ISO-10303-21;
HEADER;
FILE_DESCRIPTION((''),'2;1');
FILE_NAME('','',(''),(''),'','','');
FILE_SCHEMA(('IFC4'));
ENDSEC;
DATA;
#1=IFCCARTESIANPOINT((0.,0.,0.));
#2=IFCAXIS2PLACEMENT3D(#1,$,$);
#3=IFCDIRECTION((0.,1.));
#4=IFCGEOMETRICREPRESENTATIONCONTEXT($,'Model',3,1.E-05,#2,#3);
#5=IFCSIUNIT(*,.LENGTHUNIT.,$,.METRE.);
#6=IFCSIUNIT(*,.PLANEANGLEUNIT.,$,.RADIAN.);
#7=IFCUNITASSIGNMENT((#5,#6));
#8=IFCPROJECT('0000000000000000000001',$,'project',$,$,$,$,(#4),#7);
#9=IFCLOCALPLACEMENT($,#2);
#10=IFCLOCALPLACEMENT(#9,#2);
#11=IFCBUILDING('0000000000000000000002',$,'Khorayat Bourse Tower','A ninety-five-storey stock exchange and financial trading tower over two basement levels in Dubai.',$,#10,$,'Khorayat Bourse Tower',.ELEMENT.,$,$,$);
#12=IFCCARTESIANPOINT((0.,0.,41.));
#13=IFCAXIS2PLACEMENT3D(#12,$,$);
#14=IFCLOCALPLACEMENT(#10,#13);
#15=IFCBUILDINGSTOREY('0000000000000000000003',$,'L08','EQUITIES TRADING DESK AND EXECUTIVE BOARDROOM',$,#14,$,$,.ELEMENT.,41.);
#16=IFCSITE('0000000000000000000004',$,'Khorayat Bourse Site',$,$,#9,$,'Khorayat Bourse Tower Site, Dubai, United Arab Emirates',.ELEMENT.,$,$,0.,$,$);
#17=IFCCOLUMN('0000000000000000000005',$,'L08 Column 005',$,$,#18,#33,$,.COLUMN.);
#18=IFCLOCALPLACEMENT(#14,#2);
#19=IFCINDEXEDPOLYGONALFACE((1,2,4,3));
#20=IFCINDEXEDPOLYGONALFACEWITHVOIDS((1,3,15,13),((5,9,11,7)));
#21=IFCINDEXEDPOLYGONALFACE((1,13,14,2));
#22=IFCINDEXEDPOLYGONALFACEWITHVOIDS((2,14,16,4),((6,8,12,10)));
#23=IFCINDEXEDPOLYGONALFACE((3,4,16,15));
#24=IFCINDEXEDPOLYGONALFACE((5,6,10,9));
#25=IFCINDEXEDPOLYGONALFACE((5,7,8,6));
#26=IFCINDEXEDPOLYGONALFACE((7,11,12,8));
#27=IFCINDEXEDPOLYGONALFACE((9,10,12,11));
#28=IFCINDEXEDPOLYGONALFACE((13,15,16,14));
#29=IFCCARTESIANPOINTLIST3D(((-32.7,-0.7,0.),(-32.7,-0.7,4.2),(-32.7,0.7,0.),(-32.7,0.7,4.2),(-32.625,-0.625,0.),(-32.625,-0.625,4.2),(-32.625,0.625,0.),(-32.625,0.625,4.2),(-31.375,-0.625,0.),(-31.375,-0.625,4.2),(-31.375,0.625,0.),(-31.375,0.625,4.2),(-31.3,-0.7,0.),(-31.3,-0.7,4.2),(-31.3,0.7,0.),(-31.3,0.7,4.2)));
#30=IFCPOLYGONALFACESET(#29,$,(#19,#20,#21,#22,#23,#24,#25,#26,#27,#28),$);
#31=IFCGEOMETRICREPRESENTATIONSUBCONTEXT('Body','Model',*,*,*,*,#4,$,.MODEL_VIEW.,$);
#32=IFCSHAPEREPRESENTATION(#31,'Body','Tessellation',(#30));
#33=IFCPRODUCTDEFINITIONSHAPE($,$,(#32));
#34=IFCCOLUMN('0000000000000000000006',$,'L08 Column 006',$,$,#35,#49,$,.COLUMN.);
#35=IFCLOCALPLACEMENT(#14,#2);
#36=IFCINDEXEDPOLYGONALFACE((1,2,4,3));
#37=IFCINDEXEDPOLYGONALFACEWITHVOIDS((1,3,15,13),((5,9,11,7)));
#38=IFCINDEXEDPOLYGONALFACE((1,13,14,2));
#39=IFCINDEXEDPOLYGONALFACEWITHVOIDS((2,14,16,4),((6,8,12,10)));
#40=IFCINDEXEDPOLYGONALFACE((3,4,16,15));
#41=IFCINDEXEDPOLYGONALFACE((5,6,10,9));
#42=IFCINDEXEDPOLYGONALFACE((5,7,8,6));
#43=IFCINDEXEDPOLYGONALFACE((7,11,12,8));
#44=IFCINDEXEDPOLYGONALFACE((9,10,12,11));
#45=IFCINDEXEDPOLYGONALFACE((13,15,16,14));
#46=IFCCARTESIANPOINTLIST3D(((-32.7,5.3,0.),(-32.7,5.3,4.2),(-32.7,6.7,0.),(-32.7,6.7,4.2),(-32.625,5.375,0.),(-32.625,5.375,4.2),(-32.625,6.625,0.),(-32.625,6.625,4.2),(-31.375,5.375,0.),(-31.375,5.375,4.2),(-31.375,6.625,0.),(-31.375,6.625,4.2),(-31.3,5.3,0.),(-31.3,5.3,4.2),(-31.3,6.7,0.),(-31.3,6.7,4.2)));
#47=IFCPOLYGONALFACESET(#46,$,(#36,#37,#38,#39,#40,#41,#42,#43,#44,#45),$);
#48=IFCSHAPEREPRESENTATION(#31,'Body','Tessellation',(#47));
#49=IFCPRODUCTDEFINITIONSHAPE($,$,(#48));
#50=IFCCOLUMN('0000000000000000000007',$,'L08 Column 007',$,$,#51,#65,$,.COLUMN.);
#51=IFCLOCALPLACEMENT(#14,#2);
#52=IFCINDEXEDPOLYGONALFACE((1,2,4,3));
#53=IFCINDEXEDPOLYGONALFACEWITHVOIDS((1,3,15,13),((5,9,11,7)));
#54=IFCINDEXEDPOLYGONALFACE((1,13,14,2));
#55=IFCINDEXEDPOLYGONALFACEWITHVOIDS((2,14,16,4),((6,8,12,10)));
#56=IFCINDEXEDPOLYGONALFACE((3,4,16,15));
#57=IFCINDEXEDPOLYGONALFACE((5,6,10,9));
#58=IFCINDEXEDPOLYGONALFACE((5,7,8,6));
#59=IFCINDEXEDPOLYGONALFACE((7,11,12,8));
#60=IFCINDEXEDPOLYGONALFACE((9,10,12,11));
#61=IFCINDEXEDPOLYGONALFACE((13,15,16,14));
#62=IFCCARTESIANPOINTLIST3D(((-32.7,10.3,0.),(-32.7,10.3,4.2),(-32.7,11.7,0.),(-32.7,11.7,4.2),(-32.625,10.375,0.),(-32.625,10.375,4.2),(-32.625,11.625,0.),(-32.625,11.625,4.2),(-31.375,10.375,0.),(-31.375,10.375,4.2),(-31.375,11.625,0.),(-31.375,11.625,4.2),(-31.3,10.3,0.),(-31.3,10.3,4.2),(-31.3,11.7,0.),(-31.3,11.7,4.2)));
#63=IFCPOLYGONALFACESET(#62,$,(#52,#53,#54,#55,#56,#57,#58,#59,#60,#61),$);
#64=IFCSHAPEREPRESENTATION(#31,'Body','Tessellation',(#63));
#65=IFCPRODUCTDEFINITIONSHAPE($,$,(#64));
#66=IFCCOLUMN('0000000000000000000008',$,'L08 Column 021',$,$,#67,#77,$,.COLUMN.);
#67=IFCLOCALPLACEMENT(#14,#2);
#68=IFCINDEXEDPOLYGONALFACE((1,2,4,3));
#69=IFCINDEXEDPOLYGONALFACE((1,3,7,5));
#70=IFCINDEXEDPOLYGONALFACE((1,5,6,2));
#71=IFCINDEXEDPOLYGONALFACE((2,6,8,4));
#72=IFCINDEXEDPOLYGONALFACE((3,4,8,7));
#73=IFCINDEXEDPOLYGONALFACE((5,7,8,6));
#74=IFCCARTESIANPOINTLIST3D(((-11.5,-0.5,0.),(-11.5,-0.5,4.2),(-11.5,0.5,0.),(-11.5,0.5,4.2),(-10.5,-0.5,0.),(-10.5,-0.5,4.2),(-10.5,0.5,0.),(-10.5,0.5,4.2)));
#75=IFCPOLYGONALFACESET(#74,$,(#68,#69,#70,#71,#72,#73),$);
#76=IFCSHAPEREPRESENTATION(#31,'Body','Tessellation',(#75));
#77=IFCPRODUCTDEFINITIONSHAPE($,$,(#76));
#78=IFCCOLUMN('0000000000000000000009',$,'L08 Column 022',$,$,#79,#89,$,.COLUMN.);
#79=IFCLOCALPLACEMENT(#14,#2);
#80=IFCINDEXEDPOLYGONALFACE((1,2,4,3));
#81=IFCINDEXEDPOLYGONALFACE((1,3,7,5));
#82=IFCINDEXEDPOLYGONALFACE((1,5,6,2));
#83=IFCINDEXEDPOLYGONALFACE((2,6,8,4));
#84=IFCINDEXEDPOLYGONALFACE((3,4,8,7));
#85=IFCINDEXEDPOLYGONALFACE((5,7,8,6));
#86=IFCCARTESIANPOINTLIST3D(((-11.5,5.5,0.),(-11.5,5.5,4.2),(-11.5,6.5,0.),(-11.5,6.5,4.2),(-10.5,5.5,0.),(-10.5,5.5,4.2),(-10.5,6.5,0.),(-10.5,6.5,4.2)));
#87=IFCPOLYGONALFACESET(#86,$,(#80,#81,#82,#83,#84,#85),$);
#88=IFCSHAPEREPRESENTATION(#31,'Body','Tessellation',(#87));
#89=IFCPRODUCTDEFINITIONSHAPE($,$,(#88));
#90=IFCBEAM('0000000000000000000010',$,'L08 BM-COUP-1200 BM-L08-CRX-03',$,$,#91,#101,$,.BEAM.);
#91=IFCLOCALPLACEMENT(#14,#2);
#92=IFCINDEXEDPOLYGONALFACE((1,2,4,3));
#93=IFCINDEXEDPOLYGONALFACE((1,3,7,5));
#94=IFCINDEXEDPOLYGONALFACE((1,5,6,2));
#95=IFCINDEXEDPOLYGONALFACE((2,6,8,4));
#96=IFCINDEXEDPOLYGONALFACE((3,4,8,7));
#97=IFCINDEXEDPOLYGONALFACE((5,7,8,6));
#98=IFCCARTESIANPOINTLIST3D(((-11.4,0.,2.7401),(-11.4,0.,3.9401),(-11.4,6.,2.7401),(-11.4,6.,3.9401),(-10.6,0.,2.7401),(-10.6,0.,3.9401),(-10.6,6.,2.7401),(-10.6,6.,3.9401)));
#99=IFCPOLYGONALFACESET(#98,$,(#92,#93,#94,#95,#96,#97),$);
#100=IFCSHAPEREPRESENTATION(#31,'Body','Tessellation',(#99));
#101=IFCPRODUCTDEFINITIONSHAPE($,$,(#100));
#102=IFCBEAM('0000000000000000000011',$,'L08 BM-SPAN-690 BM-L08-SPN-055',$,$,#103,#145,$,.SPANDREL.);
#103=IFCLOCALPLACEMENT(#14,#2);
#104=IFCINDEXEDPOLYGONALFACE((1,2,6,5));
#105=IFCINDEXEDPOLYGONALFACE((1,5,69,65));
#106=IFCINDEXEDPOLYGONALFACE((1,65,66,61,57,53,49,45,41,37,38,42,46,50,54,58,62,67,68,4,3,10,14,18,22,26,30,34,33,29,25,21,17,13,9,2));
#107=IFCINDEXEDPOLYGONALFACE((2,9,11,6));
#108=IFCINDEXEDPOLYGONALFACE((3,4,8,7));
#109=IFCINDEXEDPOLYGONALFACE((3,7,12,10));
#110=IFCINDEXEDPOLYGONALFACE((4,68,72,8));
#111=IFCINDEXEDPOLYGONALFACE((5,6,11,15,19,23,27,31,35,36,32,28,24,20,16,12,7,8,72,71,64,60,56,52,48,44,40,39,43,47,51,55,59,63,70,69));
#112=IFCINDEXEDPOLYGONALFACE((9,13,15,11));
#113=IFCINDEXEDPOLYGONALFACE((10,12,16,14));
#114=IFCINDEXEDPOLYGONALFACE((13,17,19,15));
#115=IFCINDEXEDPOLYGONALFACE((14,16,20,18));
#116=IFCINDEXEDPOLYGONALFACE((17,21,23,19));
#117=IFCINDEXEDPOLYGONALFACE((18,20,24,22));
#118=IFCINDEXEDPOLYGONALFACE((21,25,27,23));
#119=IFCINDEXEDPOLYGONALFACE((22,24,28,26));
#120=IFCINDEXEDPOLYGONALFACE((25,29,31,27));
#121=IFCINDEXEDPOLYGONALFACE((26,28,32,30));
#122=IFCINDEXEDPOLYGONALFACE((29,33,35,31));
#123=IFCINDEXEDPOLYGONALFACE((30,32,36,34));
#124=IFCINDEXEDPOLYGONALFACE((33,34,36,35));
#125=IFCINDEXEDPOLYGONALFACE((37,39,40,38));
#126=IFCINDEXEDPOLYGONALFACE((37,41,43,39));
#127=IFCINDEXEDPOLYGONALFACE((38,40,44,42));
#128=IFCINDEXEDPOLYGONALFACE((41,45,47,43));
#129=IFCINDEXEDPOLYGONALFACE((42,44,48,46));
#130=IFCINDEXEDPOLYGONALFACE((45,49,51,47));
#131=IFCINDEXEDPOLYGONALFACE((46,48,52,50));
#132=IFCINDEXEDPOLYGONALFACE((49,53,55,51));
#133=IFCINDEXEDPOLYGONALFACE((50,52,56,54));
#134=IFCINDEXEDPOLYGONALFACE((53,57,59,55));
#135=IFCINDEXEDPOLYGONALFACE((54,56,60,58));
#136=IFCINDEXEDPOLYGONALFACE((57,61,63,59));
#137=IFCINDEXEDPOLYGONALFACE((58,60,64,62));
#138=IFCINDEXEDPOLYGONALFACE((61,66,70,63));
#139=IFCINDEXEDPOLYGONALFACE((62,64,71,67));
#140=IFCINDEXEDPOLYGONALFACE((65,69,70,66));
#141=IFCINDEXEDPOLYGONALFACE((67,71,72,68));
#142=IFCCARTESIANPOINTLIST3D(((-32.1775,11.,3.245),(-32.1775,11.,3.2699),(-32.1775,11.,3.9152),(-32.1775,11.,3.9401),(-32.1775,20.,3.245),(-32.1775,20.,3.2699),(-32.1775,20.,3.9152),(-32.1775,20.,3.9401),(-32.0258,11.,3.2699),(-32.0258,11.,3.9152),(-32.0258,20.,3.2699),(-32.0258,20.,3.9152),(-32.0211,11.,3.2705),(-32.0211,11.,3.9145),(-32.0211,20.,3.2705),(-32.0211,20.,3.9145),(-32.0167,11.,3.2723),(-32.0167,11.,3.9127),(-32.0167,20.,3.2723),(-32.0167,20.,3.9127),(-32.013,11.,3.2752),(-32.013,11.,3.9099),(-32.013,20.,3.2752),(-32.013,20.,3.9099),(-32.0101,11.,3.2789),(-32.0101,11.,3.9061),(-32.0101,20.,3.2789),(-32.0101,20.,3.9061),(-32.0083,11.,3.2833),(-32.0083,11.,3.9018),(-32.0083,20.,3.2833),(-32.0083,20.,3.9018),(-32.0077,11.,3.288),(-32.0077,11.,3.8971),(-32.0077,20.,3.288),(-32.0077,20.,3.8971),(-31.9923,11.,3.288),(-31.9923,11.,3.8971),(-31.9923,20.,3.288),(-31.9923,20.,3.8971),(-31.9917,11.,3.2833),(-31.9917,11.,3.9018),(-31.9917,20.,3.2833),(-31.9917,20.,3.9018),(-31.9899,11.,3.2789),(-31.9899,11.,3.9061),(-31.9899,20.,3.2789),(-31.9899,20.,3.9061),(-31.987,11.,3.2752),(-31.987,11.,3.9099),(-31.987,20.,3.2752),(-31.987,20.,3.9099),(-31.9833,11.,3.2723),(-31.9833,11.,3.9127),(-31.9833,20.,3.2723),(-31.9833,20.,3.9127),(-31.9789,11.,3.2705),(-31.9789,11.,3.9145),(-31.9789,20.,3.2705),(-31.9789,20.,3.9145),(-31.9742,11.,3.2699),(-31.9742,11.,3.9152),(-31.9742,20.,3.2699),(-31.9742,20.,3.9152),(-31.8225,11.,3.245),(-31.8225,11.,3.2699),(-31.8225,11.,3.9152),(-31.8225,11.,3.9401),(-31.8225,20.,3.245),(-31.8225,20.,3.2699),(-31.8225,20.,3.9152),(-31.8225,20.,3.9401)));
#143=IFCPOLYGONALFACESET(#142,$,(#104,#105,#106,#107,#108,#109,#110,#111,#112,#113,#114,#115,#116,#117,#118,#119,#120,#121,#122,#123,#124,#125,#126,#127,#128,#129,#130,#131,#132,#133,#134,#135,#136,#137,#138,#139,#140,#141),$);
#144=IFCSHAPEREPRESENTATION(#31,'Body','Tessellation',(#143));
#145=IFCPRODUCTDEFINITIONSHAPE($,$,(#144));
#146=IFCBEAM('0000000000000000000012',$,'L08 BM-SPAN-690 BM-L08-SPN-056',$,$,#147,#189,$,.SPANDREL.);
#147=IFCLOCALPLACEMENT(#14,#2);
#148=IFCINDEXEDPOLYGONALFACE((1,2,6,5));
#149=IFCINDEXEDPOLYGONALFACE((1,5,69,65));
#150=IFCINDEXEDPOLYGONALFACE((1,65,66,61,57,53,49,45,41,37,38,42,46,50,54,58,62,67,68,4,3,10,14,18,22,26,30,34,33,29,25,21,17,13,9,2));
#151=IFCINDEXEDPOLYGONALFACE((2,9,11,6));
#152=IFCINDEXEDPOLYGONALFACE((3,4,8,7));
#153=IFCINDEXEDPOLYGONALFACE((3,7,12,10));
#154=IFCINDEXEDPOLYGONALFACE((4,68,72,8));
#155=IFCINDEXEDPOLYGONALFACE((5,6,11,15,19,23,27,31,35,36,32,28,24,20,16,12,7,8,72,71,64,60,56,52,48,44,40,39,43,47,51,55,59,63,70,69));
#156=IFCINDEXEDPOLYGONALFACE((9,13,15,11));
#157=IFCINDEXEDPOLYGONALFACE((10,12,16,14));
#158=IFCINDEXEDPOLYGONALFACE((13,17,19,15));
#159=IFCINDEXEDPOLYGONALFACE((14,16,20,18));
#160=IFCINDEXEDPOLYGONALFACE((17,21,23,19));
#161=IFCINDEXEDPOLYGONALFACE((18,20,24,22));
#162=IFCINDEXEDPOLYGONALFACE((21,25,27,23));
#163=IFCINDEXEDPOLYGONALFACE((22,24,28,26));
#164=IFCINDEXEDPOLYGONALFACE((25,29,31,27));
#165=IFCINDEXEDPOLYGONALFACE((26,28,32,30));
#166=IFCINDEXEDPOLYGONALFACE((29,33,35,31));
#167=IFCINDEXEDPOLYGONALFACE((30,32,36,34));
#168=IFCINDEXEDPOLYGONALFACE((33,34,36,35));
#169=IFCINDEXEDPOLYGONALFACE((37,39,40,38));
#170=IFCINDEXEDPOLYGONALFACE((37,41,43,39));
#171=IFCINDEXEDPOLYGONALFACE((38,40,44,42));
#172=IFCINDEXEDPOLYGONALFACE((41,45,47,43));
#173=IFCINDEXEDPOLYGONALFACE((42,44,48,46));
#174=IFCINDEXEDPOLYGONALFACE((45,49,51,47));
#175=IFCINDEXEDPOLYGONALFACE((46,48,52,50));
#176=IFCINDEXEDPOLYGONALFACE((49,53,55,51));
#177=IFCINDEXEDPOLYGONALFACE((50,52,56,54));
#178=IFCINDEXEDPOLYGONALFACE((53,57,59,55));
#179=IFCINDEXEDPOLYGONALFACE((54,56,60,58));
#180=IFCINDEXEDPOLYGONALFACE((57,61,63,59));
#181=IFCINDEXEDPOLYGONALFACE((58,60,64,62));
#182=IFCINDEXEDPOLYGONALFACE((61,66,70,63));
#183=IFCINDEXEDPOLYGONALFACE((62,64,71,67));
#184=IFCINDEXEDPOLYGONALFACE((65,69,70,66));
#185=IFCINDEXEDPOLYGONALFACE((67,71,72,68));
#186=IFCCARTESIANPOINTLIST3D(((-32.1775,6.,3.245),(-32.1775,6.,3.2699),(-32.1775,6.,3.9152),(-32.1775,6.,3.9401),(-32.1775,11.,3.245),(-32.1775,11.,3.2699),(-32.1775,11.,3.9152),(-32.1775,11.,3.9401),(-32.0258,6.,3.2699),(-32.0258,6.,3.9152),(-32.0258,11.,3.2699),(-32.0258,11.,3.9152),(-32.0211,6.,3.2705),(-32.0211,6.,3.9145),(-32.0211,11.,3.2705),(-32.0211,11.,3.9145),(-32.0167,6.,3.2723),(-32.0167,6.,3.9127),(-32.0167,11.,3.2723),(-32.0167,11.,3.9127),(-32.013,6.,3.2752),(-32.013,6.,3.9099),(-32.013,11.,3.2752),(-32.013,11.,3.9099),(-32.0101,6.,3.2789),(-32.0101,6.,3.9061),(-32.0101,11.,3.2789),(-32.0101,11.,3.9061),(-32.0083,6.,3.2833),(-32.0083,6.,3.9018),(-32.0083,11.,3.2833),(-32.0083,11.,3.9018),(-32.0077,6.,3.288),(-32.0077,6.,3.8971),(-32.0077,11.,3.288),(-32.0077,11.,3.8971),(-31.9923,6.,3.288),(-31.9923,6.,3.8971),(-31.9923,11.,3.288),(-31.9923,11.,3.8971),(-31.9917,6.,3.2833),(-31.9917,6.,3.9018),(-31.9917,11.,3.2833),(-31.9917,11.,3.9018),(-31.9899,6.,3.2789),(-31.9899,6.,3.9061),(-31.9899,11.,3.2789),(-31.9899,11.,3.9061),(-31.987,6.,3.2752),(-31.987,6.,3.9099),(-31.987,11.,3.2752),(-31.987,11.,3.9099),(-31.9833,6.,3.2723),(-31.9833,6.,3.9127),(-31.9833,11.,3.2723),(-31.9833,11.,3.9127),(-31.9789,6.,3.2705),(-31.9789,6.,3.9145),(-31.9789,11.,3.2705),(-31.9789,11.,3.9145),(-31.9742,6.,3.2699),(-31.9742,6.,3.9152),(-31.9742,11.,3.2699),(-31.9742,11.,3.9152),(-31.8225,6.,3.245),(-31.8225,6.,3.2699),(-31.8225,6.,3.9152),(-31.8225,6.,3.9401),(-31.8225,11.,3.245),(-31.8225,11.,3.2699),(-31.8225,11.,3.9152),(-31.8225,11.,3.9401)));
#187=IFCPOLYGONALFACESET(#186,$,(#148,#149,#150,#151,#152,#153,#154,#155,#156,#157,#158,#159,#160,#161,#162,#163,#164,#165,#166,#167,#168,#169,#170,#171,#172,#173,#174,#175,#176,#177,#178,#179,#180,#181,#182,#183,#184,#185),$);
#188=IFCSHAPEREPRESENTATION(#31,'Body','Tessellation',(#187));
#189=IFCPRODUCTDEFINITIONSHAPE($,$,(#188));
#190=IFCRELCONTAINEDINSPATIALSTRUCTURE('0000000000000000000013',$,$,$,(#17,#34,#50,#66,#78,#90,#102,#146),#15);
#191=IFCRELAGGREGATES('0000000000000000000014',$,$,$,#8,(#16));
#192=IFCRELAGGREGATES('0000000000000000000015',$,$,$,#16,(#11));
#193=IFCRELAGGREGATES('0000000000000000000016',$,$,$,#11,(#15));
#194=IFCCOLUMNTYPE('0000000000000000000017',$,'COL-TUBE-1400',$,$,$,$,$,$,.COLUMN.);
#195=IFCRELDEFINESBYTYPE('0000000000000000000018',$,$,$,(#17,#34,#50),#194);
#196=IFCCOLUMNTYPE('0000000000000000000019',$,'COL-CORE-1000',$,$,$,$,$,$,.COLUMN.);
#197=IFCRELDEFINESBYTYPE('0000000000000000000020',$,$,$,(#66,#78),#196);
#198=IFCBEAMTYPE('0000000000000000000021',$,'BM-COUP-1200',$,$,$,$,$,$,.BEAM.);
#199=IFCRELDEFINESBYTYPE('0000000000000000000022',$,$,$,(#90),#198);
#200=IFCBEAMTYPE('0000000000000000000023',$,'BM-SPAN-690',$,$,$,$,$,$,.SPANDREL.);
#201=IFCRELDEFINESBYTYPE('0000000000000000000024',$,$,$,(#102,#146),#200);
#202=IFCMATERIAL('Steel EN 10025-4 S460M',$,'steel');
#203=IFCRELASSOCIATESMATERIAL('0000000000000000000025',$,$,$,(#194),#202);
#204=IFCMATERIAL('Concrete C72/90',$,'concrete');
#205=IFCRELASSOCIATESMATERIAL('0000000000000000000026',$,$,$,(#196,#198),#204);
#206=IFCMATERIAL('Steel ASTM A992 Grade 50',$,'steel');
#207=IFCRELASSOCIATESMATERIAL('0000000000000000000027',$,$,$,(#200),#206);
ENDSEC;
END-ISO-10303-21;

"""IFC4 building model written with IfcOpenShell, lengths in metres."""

from ifc_helpers import new_model, si_unit, direction, frame, origin, origin_2d, place, context, subcontext, project, spatial, rectangle, hollow_rectangle, i_section, extrude, source, transform, mapped, material, material_profile, profile_set, type_object, element, save


model = new_model("IFC4")

# Units and contexts
model_context = context("Model", 3, precision=1e-05, world=origin(), true_north=direction((0.0, 1.0)))
body_context = subcontext(model_context, "Body", "Model", "MODEL_VIEW")
ifc_project = project(units=[si_unit("LENGTHUNIT", "METRE"), si_unit("PLANEANGLEUNIT", "RADIAN")], contexts=[model_context])

# Site, building, storey
site_placement = place(None, origin())
site = spatial("IfcSite", under=ifc_project, at=site_placement, Name="Khorayat Bourse Site", LongName="Khorayat Bourse Tower Site, Dubai, United Arab Emirates", CompositionType="ELEMENT", RefElevation=0.0)
building_placement = place(site_placement, origin())
building = spatial("IfcBuilding", under=site, at=building_placement, Name="Khorayat Bourse Tower", Description="A ninety-five-storey stock exchange and financial trading tower over two basement levels in Dubai.", LongName="Khorayat Bourse Tower", CompositionType="ELEMENT")
storey_placement = place(building_placement, frame((0.0, 0.0, 41.0)))
storey = spatial("IfcBuildingStorey", under=building, at=storey_placement, Name="L08", Description="EQUITIES TRADING DESK AND EXECUTIVE BOARDROOM", CompositionType="ELEMENT", Elevation=41.0)

# Columns
ifc_material_1 = material(Name="Steel EN 10025-4 S460M", Category="steel")
ifc_material_profile_1 = material_profile(ifc_material_1, hollow_rectangle(XDim=1.3999, YDim=1.3999, WallThickness=0.075, at=origin_2d()), Name="BOX 1400x1400x75")
ifc_profile_set_1 = profile_set([ifc_material_profile_1], Name="Steel EN 10025-4 S460M")
column_type_1 = type_object("IfcColumnType", Name="COL-TUBE-1400", PredefinedType="COLUMN", material=ifc_profile_set_1)
shared_shape_1 = source(origin(), body_context, "Body", "SweptSolid", [
    extrude(hollow_rectangle(XDim=1.3999, YDim=1.3999, WallThickness=0.075, at=origin_2d()), origin(), (0.0, 0.0, 1.0), 4.2),
])
for number, where, z_axis, x_axis, name in (
    (1, (-32.0, 0.0, 0.0), (0.0, 0.0, 1.0), (1.0, 0.0, 0.0), "L08 Column 005"),
    (2, (-32.0, 6.0, 0.0), (0.0, 0.0, 1.0), (1.0, 0.0, 0.0), "L08 Column 006"),
    (3, (-32.0, 11.0, 0.0), (0.0, 0.0, 1.0), (1.0, 0.0, 0.0), "L08 Column 007"),
):
    element("IfcColumn", number, at=place(storey_placement, frame(where, z_axis=z_axis, x_axis=x_axis)), inside=storey, type_object=column_type_1, Name=name, PredefinedType="COLUMN", context=body_context, shape_type="MappedRepresentation", body=[
        mapped(shared_shape_1, transform((0.0, 0.0, 0.0), scale=1.0)),
    ])
ifc_material_2 = material(Name="Concrete C72/90", Category="concrete")
ifc_material_profile_2 = material_profile(ifc_material_2, rectangle(XDim=1.0, YDim=1.0, at=origin_2d()), Name="RC 1000x1000")
ifc_profile_set_2 = profile_set([ifc_material_profile_2], Name="Concrete C72/90")
column_type_2 = type_object("IfcColumnType", Name="COL-CORE-1000", PredefinedType="COLUMN", material=ifc_profile_set_2)
shared_shape_2 = source(origin(), body_context, "Body", "SweptSolid", [
    extrude(rectangle(XDim=1.0, YDim=1.0, at=origin_2d()), origin(), (0.0, 0.0, 1.0), 4.2),
])
for number, where, z_axis, x_axis, name in (
    (4, (-11.0, 0.0, 0.0), (0.0, 0.0, 1.0), (1.0, 0.0, 0.0), "L08 Column 021"),
    (5, (-11.0, 6.0, 0.0), (0.0, 0.0, 1.0), (1.0, 0.0, 0.0), "L08 Column 022"),
):
    element("IfcColumn", number, at=place(storey_placement, frame(where, z_axis=z_axis, x_axis=x_axis)), inside=storey, type_object=column_type_2, Name=name, PredefinedType="COLUMN", context=body_context, shape_type="MappedRepresentation", body=[
        mapped(shared_shape_2, transform((0.0, 0.0, 0.0), scale=1.0)),
    ])

# Beams
ifc_material_profile_3 = material_profile(ifc_material_2, rectangle(XDim=0.8, YDim=1.2, at=origin_2d()), Name="RC 800x1200")
ifc_profile_set_3 = profile_set([ifc_material_profile_3], Name="Concrete C72/90")
beam_type_1 = type_object("IfcBeamType", Name="BM-COUP-1200", PredefinedType="BEAM", material=ifc_profile_set_3)
shared_shape_3 = source(origin(), body_context, "Body", "SweptSolid", [
    extrude(rectangle(XDim=0.8, YDim=1.2, at=origin_2d()), origin(), (0.0, 0.0, 1.0), 6.0),
])
beam_1_placement = place(storey_placement, frame((-11.0, 0.0, 3.3401), z_axis=(0.0, 1.0, 0.0), x_axis=(-1.0, 0.0, 0.0)))
element("IfcBeam", 6, at=beam_1_placement, inside=storey, type_object=beam_type_1, Name="L08 BM-COUP-1200 BM-L08-CRX-03", PredefinedType="BEAM", context=body_context, shape_type="MappedRepresentation", body=[
    mapped(shared_shape_3, transform((0.0, 0.0, 0.0), scale=1.0)),
])
ifc_material_3 = material(Name="Steel ASTM A992 Grade 50", Category="steel")
ifc_material_profile_4 = material_profile(ifc_material_3, i_section(OverallWidth=0.355, OverallDepth=0.6951, WebThickness=0.0154, FlangeThickness=0.0249, FilletRadius=0.0181, at=origin_2d()), Name="W690X217")
ifc_profile_set_4 = profile_set([ifc_material_profile_4], Name="Steel ASTM A992 Grade 50")
beam_type_2 = type_object("IfcBeamType", Name="BM-SPAN-690", PredefinedType="SPANDREL", material=ifc_profile_set_4)
shared_shape_4 = source(origin(), body_context, "Body", "SweptSolid", [
    extrude(i_section(OverallWidth=0.355, OverallDepth=0.6951, WebThickness=0.0154, FlangeThickness=0.0249, FilletRadius=0.0181, at=origin_2d()), origin(), (0.0, 0.0, 1.0), 9.0),
])
beam_2_placement = place(storey_placement, frame((-32.0, 11.0, 3.5925), z_axis=(0.0, 1.0, 0.0), x_axis=(-1.0, 0.0, 0.0)))
element("IfcBeam", 7, at=beam_2_placement, inside=storey, type_object=beam_type_2, Name="L08 BM-SPAN-690 BM-L08-SPN-055", PredefinedType="SPANDREL", context=body_context, shape_type="MappedRepresentation", body=[
    mapped(shared_shape_4, transform((0.0, 0.0, 0.0), scale=1.0)),
])
shared_shape_5 = source(origin(), body_context, "Body", "SweptSolid", [
    extrude(i_section(OverallWidth=0.355, OverallDepth=0.6951, WebThickness=0.0154, FlangeThickness=0.0249, FilletRadius=0.0181, at=origin_2d()), origin(), (0.0, 0.0, 1.0), 5.0),
])
beam_3_placement = place(storey_placement, frame((-32.0, 6.0, 3.5925), z_axis=(0.0, 1.0, 0.0), x_axis=(-1.0, 0.0, 0.0)))
element("IfcBeam", 8, at=beam_3_placement, inside=storey, type_object=beam_type_2, Name="L08 BM-SPAN-690 BM-L08-SPN-056", PredefinedType="SPANDREL", context=body_context, shape_type="MappedRepresentation", body=[
    mapped(shared_shape_5, transform((0.0, 0.0, 0.0), scale=1.0)),
])

save(model, "model.ifc")
